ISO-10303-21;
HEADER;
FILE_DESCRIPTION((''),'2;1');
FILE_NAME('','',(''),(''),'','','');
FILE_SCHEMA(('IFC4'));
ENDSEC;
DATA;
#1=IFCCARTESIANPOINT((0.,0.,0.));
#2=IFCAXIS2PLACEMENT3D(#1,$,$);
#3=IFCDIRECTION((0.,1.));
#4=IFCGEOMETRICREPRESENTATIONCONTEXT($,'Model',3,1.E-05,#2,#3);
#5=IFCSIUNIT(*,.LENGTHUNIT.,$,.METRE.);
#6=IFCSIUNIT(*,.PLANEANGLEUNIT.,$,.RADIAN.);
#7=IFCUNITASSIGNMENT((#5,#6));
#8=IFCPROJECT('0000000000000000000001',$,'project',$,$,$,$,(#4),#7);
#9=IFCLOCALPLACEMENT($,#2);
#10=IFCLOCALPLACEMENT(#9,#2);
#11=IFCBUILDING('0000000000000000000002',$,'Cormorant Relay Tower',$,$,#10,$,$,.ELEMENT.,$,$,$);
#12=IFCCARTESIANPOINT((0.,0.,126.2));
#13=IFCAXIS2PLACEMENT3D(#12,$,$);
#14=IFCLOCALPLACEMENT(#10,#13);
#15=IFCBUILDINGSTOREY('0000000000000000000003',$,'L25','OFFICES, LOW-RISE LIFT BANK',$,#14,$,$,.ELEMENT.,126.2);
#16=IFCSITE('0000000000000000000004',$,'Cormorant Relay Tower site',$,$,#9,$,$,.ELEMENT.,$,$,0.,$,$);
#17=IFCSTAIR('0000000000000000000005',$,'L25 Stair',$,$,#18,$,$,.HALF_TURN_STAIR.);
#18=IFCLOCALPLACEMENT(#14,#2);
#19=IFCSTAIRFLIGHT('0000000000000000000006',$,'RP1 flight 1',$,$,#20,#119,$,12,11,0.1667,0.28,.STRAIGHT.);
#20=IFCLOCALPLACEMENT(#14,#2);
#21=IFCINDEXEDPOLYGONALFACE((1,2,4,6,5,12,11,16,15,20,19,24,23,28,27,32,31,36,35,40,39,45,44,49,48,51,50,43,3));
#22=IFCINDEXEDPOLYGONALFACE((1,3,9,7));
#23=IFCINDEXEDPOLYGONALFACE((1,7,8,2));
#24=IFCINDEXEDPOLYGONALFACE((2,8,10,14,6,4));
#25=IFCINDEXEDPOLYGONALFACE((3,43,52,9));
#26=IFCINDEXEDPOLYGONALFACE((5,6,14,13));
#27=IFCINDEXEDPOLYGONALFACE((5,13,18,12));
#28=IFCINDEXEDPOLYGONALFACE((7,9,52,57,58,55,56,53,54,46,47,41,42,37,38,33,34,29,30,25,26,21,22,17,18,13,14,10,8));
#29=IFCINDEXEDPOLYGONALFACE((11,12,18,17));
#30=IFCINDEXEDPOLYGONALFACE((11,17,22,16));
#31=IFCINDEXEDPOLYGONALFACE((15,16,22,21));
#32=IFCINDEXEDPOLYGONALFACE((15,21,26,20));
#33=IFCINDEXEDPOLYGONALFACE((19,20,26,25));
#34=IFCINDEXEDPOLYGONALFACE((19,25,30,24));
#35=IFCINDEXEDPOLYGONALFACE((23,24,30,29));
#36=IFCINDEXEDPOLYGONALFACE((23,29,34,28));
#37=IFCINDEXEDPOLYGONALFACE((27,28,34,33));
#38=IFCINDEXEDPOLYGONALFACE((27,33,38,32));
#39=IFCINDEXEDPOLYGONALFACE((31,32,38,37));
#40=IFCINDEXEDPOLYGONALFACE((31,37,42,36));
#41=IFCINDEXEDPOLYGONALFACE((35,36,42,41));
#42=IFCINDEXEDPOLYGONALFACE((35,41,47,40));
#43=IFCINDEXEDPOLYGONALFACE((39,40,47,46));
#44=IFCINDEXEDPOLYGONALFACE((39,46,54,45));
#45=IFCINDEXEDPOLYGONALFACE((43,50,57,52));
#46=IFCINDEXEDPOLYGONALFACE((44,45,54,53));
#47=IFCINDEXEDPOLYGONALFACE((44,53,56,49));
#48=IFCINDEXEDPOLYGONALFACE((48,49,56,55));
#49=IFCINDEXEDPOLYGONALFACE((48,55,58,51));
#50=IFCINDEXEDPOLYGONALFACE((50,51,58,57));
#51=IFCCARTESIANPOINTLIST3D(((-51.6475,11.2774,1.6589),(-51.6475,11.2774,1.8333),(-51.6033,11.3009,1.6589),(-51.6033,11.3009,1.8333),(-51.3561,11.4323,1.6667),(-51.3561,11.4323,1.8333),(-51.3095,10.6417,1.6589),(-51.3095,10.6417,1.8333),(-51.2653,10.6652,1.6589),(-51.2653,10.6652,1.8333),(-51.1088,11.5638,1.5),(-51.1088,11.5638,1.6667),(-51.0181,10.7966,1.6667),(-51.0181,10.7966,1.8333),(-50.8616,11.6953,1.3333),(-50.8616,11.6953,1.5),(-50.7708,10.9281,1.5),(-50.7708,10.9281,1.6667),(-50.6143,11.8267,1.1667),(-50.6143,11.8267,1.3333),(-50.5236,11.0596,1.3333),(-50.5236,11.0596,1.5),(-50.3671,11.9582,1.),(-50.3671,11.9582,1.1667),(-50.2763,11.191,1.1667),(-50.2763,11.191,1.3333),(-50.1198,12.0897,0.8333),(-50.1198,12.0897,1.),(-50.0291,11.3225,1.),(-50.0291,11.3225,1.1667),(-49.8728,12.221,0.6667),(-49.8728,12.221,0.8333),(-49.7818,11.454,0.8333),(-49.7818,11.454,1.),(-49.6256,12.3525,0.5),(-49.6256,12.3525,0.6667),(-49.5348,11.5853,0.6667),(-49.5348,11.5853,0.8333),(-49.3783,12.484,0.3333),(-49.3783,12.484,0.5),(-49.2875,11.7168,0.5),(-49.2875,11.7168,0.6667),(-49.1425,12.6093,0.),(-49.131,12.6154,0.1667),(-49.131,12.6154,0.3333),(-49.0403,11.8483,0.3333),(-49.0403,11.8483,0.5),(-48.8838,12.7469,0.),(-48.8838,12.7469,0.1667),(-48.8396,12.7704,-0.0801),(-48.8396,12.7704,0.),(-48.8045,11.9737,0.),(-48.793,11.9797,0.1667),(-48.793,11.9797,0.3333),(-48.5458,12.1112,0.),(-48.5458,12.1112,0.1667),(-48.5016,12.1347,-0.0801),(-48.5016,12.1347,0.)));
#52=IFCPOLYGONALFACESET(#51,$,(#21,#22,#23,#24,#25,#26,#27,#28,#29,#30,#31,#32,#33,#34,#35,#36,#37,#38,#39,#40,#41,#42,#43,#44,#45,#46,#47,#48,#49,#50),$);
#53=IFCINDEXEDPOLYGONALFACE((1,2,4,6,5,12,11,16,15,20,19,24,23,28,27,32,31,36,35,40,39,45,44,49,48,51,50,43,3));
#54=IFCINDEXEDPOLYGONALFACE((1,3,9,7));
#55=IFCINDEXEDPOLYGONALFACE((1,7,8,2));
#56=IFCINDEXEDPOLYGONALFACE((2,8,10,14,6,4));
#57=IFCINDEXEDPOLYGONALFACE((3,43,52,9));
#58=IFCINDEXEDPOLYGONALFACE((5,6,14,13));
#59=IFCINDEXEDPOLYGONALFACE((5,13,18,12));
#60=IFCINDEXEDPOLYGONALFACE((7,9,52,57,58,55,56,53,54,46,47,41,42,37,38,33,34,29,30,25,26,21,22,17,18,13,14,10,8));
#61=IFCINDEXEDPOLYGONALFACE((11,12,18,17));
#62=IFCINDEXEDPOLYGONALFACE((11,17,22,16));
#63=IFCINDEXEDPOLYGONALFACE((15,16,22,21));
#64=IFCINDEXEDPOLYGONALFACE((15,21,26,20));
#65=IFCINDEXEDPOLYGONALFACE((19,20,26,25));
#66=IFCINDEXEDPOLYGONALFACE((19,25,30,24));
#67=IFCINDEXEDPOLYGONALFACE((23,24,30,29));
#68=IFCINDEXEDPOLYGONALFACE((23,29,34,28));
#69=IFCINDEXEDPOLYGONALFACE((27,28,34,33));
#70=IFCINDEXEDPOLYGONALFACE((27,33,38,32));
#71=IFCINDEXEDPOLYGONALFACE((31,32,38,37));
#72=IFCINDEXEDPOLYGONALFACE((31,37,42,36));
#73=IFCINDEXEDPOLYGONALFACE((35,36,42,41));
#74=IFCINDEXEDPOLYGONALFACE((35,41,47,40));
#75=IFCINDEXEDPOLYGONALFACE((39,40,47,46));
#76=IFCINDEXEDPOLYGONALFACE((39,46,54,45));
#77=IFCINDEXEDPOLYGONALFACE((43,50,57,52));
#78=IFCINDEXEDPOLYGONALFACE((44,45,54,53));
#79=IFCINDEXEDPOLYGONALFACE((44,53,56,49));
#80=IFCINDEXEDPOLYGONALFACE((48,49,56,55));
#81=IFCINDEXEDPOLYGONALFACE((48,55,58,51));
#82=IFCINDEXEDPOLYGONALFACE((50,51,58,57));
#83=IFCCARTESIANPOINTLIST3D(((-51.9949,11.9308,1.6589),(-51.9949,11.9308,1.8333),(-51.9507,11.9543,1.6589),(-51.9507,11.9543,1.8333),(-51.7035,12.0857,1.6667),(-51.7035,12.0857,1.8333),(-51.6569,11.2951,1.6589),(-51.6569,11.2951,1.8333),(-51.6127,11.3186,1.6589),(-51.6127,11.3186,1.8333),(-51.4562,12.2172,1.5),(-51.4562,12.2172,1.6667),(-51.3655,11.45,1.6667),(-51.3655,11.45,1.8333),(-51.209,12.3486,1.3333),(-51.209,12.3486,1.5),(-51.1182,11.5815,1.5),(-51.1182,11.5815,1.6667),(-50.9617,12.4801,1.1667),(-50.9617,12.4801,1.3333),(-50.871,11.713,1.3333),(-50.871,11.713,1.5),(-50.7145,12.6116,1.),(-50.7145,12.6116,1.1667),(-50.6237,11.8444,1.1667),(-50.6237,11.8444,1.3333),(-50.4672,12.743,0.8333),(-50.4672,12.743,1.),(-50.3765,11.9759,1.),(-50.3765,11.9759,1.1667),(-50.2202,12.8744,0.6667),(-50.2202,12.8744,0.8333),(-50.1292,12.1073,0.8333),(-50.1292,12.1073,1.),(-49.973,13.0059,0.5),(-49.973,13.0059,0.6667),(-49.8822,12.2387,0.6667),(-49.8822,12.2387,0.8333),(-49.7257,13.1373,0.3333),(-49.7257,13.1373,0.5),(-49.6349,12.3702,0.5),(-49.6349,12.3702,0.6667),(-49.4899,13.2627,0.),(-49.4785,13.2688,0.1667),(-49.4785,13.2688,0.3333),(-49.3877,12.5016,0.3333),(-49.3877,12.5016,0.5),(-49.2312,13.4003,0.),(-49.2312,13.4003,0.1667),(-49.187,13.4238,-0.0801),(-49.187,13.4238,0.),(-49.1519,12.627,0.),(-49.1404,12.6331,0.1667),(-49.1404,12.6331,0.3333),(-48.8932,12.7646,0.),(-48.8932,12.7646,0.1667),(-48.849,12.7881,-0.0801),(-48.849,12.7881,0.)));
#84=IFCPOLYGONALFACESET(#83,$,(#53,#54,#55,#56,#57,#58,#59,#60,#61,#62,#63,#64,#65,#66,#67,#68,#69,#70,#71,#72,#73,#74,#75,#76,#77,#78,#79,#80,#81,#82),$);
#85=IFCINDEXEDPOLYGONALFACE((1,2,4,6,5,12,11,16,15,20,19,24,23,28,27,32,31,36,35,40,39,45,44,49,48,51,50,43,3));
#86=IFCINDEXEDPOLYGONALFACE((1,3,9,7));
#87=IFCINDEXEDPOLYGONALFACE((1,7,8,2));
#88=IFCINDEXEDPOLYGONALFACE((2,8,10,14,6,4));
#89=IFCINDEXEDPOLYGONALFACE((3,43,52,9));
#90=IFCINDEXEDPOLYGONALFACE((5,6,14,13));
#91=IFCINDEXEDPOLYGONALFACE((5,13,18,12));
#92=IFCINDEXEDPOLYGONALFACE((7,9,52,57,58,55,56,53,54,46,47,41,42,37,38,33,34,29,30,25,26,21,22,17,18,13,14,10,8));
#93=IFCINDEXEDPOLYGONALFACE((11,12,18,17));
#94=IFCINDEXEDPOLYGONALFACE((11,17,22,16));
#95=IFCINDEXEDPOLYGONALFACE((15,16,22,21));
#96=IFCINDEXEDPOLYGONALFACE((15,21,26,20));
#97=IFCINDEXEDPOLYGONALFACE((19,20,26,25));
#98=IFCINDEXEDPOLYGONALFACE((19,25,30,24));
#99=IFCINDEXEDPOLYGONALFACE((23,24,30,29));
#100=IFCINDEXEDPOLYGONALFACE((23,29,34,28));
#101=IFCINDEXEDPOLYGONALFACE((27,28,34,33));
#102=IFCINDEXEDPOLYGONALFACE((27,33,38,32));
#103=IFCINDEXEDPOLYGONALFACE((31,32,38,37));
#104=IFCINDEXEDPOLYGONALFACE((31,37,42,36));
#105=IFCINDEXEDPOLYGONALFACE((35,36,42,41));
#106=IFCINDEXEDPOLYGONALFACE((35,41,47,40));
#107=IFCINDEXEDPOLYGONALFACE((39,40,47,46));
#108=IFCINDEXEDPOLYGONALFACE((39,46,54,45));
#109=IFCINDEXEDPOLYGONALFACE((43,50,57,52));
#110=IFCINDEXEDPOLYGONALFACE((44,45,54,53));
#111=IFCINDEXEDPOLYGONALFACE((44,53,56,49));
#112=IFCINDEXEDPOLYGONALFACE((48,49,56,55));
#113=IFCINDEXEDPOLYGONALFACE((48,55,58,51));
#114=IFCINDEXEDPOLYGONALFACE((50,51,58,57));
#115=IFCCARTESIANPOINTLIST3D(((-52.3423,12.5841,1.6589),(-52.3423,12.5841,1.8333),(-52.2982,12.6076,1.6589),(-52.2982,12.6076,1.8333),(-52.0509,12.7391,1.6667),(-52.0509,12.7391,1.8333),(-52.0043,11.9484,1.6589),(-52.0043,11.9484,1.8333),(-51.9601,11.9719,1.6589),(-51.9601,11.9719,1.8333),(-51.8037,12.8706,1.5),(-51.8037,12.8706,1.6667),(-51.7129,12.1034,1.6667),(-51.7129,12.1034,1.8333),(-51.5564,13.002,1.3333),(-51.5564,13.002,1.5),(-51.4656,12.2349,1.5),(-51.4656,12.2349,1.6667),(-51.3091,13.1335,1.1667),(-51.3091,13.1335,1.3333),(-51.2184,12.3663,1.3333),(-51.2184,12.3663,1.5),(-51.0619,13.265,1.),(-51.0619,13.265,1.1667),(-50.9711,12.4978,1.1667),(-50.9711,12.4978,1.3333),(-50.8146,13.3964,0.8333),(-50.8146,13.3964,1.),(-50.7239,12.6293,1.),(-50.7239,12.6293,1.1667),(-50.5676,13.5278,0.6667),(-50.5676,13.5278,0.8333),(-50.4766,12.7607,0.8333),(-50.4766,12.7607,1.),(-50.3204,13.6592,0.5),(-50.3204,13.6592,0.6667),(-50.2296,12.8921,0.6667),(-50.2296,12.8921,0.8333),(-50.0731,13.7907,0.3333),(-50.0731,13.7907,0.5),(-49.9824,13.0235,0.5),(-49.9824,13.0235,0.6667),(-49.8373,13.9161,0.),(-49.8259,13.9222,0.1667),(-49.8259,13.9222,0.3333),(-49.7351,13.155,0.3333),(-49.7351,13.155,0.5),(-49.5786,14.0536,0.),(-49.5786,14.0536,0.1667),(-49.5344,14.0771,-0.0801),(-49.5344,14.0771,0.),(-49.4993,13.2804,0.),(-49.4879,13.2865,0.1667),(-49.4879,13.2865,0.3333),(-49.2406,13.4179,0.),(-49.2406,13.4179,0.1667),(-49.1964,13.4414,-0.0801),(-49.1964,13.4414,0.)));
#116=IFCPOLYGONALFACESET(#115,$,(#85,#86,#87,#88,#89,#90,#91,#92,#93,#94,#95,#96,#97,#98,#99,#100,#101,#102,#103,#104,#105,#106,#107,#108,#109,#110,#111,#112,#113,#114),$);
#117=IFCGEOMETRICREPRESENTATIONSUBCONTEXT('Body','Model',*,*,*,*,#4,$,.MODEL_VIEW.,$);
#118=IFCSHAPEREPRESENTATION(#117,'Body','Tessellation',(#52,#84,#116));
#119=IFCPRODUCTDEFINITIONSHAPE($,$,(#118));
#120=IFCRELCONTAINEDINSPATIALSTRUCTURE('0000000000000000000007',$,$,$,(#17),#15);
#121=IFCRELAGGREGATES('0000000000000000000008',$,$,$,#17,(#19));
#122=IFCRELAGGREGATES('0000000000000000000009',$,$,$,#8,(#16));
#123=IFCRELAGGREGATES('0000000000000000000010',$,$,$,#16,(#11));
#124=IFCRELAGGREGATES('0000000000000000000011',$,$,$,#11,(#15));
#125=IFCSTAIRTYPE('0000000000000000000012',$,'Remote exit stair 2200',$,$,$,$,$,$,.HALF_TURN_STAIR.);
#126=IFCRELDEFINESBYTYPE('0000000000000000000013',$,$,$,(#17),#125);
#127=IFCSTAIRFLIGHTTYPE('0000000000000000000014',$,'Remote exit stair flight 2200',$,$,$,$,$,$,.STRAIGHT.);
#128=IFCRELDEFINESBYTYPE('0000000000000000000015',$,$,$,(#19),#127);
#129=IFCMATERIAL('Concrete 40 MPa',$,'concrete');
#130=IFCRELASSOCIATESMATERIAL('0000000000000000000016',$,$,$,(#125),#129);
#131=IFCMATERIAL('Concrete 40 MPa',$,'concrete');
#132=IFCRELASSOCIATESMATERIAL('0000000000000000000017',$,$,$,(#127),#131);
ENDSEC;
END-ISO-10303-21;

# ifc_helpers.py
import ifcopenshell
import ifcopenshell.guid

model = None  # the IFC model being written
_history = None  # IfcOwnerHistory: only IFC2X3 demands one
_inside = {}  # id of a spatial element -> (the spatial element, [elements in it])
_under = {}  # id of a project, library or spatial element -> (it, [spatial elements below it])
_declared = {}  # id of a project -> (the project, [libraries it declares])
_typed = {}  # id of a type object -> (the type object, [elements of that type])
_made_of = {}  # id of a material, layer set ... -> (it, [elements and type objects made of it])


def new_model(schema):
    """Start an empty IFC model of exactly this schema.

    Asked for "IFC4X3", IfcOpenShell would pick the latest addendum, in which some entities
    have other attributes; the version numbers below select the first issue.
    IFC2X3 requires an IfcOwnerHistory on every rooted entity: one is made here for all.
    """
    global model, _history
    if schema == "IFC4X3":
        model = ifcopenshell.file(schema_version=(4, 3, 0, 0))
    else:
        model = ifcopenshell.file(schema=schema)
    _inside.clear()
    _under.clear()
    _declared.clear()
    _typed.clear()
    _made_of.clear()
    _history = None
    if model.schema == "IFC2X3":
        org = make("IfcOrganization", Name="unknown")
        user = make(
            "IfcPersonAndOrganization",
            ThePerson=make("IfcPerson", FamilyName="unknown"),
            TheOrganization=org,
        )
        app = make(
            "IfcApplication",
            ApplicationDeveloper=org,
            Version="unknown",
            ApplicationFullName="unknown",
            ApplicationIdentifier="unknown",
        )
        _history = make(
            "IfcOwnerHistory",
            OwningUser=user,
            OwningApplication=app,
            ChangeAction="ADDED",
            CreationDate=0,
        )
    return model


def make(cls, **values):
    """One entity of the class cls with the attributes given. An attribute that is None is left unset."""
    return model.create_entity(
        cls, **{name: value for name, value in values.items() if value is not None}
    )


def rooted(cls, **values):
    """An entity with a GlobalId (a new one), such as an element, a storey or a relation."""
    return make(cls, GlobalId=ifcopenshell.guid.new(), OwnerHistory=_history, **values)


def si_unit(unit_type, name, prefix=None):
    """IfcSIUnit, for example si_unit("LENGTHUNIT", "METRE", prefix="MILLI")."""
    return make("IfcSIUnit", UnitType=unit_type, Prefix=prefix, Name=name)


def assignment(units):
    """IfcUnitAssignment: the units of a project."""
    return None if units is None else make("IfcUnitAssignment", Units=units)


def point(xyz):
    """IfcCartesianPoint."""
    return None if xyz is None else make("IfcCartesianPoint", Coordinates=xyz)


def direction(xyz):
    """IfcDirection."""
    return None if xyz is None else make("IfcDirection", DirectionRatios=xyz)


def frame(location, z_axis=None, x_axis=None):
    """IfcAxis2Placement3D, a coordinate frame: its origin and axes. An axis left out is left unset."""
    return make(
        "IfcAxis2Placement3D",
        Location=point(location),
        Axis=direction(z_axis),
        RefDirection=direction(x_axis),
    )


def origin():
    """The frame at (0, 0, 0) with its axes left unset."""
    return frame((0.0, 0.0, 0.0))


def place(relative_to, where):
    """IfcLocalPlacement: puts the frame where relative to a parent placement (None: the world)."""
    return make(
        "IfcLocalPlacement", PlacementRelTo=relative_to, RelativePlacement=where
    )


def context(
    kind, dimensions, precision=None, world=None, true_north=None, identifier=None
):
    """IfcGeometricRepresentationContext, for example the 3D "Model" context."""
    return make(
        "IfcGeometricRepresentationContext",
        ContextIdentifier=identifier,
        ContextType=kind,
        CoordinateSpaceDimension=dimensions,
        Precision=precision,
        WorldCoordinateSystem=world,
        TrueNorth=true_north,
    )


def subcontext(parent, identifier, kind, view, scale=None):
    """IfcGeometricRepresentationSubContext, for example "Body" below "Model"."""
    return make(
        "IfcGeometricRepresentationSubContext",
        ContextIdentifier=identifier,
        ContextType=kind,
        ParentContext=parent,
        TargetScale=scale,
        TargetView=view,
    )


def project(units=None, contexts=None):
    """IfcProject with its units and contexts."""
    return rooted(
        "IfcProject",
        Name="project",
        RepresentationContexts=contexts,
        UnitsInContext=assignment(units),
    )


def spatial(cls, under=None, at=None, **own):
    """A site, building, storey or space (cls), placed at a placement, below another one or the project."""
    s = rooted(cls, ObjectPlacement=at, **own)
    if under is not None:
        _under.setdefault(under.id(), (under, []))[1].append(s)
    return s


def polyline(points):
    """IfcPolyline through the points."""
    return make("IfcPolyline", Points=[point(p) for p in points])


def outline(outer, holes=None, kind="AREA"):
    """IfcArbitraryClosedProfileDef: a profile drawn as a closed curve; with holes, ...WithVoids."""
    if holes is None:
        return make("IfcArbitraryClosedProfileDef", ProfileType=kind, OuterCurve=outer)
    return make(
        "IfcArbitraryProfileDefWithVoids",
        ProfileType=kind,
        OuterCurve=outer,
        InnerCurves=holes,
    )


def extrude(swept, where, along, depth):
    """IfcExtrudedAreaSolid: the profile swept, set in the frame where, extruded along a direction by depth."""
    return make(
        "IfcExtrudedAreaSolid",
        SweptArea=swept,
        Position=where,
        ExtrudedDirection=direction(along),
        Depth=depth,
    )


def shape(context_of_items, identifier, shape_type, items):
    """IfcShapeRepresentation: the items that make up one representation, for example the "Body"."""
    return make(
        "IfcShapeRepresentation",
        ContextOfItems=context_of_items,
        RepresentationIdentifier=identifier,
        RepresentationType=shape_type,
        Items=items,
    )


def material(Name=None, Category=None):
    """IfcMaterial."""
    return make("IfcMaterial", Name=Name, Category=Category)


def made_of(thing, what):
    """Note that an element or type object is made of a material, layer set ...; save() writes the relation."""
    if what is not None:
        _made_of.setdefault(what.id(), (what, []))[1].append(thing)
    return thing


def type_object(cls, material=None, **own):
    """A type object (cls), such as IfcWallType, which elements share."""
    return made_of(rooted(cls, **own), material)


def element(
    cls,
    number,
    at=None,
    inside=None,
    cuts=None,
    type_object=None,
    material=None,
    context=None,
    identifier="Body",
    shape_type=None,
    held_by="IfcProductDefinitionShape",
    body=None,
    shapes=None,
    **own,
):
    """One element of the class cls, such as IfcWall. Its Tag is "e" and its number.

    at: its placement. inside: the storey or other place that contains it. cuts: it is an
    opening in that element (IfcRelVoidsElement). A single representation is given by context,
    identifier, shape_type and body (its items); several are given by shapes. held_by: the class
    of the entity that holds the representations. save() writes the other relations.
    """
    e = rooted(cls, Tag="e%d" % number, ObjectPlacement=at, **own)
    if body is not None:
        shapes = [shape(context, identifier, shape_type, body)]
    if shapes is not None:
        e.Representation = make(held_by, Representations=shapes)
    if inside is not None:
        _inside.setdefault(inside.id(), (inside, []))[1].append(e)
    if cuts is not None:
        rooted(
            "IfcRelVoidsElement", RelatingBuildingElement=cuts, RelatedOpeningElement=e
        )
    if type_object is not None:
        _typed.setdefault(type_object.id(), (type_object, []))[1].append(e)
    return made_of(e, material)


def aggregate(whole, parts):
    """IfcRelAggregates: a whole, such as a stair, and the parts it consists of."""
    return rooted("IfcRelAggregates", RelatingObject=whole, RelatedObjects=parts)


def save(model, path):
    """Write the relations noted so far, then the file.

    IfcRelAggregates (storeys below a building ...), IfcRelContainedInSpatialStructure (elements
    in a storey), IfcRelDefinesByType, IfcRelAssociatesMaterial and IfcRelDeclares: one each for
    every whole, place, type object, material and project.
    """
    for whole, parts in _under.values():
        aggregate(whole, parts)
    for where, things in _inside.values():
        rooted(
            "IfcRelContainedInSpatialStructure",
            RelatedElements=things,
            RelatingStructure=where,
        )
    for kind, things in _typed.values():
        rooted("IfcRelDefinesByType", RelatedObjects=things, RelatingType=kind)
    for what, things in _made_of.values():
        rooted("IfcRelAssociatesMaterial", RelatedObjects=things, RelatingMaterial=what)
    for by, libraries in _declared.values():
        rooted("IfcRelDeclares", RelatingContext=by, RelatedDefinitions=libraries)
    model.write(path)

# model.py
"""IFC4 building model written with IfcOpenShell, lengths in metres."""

from ifc_helpers import new_model, si_unit, direction, frame, origin, place, context, subcontext, project, spatial, polyline, outline, extrude, material, type_object, element, aggregate, save


model = new_model("IFC4")

# Units and contexts
model_context = context("Model", 3, precision=1e-05, world=origin(), true_north=direction((0.0, 1.0)))
body_context = subcontext(model_context, "Body", "Model", "MODEL_VIEW")
ifc_project = project(units=[si_unit("LENGTHUNIT", "METRE"), si_unit("PLANEANGLEUNIT", "RADIAN")], contexts=[model_context])

# Site, building, storey
site_placement = place(None, origin())
site = spatial("IfcSite", under=ifc_project, at=site_placement, Name="Cormorant Relay Tower site", CompositionType="ELEMENT", RefElevation=0.0)
building_placement = place(site_placement, origin())
building = spatial("IfcBuilding", under=site, at=building_placement, Name="Cormorant Relay Tower", CompositionType="ELEMENT")
storey_placement = place(building_placement, frame((0.0, 0.0, 126.2)))
storey = spatial("IfcBuildingStorey", under=building, at=storey_placement, Name="L25", Description="OFFICES, LOW-RISE LIFT BANK", CompositionType="ELEMENT", Elevation=126.2)

# Stair, stair flight
ifc_material_1 = material(Name="Concrete 40 MPa", Category="concrete")
stair_type = type_object("IfcStairType", Name="Remote exit stair 2200", PredefinedType="HALF_TURN_STAIR", material=ifc_material_1)
stair_placement = place(storey_placement, origin())
stair = element("IfcStair", 1, at=stair_placement, inside=storey, type_object=stair_type, Name="L25 Stair", PredefinedType="HALF_TURN_STAIR")
ifc_material_2 = material(Name="Concrete 40 MPa", Category="concrete")
stair_flight_type = type_object("IfcStairFlightType", Name="Remote exit stair flight 2200", PredefinedType="STRAIGHT", material=ifc_material_2)
stair_flight_1_placement = place(storey_placement, frame((-49.0623, 13.0825, 0.0), z_axis=(0.0, 0.0, 1.0), x_axis=(-0.882948, -0.469472, 0.0)))
stair_flight_1 = element("IfcStairFlight", 2, at=stair_flight_1_placement, type_object=stair_flight_type, Name="RP1 flight 1", NumberOfRisers=12, NumberOfTreads=11, PredefinedType="STRAIGHT", RiserHeight=0.1667, TreadLength=0.28, context=body_context, shape_type="SweptSolid", body=[
    extrude(outline(polyline([(-0.05, -0.0801), (-0.05, 0.0), (0.0, 0.0), (0.0, 0.1667), (0.28, 0.1667), (0.28, 0.3333), (0.5601, 0.3333), (0.5601, 0.5), (0.8401, 0.5), (0.8401, 0.6667), (1.1201, 0.6667), (1.1201, 0.8333), (1.3999, 0.8333), (1.3999, 1.0), (1.6799, 1.0), (1.6799, 1.1667), (1.96, 1.1667), (1.96, 1.3333), (2.24, 1.3333), (2.24, 1.5), (2.52, 1.5), (2.52, 1.6667), (2.8, 1.6667), (2.8, 1.8333), (3.0801, 1.8333), (3.1301, 1.8333), (3.1301, 1.6589), (3.0801, 1.6589), (0.293, 0.0), (-0.05, -0.0801)])), frame((0.0, 1.1001, 0.0), z_axis=(0.0, -1.0, 0.0), x_axis=(1.0, 0.0, 0.0)), (0.0, 0.0, 1.0), 0.72),
    extrude(outline(polyline([(-0.05, -0.0801), (-0.05, 0.0), (0.0, 0.0), (0.0, 0.1667), (0.28, 0.1667), (0.28, 0.3333), (0.5601, 0.3333), (0.5601, 0.5), (0.8401, 0.5), (0.8401, 0.6667), (1.1201, 0.6667), (1.1201, 0.8333), (1.3999, 0.8333), (1.3999, 1.0), (1.6799, 1.0), (1.6799, 1.1667), (1.96, 1.1667), (1.96, 1.3333), (2.24, 1.3333), (2.24, 1.5), (2.52, 1.5), (2.52, 1.6667), (2.8, 1.6667), (2.8, 1.8333), (3.0801, 1.8333), (3.1301, 1.8333), (3.1301, 1.6589), (3.0801, 1.6589), (0.293, 0.0), (-0.05, -0.0801)])), frame((0.0, 0.3601, 0.0), z_axis=(0.0, -1.0, 0.0), x_axis=(1.0, 0.0, 0.0)), (0.0, 0.0, 1.0), 0.72),
    extrude(outline(polyline([(-0.05, -0.0801), (-0.05, 0.0), (0.0, 0.0), (0.0, 0.1667), (0.28, 0.1667), (0.28, 0.3333), (0.5601, 0.3333), (0.5601, 0.5), (0.8401, 0.5), (0.8401, 0.6667), (1.1201, 0.6667), (1.1201, 0.8333), (1.3999, 0.8333), (1.3999, 1.0), (1.6799, 1.0), (1.6799, 1.1667), (1.96, 1.1667), (1.96, 1.3333), (2.24, 1.3333), (2.24, 1.5), (2.52, 1.5), (2.52, 1.6667), (2.8, 1.6667), (2.8, 1.8333), (3.0801, 1.8333), (3.1301, 1.8333), (3.1301, 1.6589), (3.0801, 1.6589), (0.293, 0.0), (-0.05, -0.0801)])), frame((0.0, -0.3799, 0.0), z_axis=(0.0, -1.0, 0.0), x_axis=(1.0, 0.0, 0.0)), (0.0, 0.0, 1.0), 0.72),
])
aggregate(stair, [stair_flight_1])

save(model, "model.ifc")
